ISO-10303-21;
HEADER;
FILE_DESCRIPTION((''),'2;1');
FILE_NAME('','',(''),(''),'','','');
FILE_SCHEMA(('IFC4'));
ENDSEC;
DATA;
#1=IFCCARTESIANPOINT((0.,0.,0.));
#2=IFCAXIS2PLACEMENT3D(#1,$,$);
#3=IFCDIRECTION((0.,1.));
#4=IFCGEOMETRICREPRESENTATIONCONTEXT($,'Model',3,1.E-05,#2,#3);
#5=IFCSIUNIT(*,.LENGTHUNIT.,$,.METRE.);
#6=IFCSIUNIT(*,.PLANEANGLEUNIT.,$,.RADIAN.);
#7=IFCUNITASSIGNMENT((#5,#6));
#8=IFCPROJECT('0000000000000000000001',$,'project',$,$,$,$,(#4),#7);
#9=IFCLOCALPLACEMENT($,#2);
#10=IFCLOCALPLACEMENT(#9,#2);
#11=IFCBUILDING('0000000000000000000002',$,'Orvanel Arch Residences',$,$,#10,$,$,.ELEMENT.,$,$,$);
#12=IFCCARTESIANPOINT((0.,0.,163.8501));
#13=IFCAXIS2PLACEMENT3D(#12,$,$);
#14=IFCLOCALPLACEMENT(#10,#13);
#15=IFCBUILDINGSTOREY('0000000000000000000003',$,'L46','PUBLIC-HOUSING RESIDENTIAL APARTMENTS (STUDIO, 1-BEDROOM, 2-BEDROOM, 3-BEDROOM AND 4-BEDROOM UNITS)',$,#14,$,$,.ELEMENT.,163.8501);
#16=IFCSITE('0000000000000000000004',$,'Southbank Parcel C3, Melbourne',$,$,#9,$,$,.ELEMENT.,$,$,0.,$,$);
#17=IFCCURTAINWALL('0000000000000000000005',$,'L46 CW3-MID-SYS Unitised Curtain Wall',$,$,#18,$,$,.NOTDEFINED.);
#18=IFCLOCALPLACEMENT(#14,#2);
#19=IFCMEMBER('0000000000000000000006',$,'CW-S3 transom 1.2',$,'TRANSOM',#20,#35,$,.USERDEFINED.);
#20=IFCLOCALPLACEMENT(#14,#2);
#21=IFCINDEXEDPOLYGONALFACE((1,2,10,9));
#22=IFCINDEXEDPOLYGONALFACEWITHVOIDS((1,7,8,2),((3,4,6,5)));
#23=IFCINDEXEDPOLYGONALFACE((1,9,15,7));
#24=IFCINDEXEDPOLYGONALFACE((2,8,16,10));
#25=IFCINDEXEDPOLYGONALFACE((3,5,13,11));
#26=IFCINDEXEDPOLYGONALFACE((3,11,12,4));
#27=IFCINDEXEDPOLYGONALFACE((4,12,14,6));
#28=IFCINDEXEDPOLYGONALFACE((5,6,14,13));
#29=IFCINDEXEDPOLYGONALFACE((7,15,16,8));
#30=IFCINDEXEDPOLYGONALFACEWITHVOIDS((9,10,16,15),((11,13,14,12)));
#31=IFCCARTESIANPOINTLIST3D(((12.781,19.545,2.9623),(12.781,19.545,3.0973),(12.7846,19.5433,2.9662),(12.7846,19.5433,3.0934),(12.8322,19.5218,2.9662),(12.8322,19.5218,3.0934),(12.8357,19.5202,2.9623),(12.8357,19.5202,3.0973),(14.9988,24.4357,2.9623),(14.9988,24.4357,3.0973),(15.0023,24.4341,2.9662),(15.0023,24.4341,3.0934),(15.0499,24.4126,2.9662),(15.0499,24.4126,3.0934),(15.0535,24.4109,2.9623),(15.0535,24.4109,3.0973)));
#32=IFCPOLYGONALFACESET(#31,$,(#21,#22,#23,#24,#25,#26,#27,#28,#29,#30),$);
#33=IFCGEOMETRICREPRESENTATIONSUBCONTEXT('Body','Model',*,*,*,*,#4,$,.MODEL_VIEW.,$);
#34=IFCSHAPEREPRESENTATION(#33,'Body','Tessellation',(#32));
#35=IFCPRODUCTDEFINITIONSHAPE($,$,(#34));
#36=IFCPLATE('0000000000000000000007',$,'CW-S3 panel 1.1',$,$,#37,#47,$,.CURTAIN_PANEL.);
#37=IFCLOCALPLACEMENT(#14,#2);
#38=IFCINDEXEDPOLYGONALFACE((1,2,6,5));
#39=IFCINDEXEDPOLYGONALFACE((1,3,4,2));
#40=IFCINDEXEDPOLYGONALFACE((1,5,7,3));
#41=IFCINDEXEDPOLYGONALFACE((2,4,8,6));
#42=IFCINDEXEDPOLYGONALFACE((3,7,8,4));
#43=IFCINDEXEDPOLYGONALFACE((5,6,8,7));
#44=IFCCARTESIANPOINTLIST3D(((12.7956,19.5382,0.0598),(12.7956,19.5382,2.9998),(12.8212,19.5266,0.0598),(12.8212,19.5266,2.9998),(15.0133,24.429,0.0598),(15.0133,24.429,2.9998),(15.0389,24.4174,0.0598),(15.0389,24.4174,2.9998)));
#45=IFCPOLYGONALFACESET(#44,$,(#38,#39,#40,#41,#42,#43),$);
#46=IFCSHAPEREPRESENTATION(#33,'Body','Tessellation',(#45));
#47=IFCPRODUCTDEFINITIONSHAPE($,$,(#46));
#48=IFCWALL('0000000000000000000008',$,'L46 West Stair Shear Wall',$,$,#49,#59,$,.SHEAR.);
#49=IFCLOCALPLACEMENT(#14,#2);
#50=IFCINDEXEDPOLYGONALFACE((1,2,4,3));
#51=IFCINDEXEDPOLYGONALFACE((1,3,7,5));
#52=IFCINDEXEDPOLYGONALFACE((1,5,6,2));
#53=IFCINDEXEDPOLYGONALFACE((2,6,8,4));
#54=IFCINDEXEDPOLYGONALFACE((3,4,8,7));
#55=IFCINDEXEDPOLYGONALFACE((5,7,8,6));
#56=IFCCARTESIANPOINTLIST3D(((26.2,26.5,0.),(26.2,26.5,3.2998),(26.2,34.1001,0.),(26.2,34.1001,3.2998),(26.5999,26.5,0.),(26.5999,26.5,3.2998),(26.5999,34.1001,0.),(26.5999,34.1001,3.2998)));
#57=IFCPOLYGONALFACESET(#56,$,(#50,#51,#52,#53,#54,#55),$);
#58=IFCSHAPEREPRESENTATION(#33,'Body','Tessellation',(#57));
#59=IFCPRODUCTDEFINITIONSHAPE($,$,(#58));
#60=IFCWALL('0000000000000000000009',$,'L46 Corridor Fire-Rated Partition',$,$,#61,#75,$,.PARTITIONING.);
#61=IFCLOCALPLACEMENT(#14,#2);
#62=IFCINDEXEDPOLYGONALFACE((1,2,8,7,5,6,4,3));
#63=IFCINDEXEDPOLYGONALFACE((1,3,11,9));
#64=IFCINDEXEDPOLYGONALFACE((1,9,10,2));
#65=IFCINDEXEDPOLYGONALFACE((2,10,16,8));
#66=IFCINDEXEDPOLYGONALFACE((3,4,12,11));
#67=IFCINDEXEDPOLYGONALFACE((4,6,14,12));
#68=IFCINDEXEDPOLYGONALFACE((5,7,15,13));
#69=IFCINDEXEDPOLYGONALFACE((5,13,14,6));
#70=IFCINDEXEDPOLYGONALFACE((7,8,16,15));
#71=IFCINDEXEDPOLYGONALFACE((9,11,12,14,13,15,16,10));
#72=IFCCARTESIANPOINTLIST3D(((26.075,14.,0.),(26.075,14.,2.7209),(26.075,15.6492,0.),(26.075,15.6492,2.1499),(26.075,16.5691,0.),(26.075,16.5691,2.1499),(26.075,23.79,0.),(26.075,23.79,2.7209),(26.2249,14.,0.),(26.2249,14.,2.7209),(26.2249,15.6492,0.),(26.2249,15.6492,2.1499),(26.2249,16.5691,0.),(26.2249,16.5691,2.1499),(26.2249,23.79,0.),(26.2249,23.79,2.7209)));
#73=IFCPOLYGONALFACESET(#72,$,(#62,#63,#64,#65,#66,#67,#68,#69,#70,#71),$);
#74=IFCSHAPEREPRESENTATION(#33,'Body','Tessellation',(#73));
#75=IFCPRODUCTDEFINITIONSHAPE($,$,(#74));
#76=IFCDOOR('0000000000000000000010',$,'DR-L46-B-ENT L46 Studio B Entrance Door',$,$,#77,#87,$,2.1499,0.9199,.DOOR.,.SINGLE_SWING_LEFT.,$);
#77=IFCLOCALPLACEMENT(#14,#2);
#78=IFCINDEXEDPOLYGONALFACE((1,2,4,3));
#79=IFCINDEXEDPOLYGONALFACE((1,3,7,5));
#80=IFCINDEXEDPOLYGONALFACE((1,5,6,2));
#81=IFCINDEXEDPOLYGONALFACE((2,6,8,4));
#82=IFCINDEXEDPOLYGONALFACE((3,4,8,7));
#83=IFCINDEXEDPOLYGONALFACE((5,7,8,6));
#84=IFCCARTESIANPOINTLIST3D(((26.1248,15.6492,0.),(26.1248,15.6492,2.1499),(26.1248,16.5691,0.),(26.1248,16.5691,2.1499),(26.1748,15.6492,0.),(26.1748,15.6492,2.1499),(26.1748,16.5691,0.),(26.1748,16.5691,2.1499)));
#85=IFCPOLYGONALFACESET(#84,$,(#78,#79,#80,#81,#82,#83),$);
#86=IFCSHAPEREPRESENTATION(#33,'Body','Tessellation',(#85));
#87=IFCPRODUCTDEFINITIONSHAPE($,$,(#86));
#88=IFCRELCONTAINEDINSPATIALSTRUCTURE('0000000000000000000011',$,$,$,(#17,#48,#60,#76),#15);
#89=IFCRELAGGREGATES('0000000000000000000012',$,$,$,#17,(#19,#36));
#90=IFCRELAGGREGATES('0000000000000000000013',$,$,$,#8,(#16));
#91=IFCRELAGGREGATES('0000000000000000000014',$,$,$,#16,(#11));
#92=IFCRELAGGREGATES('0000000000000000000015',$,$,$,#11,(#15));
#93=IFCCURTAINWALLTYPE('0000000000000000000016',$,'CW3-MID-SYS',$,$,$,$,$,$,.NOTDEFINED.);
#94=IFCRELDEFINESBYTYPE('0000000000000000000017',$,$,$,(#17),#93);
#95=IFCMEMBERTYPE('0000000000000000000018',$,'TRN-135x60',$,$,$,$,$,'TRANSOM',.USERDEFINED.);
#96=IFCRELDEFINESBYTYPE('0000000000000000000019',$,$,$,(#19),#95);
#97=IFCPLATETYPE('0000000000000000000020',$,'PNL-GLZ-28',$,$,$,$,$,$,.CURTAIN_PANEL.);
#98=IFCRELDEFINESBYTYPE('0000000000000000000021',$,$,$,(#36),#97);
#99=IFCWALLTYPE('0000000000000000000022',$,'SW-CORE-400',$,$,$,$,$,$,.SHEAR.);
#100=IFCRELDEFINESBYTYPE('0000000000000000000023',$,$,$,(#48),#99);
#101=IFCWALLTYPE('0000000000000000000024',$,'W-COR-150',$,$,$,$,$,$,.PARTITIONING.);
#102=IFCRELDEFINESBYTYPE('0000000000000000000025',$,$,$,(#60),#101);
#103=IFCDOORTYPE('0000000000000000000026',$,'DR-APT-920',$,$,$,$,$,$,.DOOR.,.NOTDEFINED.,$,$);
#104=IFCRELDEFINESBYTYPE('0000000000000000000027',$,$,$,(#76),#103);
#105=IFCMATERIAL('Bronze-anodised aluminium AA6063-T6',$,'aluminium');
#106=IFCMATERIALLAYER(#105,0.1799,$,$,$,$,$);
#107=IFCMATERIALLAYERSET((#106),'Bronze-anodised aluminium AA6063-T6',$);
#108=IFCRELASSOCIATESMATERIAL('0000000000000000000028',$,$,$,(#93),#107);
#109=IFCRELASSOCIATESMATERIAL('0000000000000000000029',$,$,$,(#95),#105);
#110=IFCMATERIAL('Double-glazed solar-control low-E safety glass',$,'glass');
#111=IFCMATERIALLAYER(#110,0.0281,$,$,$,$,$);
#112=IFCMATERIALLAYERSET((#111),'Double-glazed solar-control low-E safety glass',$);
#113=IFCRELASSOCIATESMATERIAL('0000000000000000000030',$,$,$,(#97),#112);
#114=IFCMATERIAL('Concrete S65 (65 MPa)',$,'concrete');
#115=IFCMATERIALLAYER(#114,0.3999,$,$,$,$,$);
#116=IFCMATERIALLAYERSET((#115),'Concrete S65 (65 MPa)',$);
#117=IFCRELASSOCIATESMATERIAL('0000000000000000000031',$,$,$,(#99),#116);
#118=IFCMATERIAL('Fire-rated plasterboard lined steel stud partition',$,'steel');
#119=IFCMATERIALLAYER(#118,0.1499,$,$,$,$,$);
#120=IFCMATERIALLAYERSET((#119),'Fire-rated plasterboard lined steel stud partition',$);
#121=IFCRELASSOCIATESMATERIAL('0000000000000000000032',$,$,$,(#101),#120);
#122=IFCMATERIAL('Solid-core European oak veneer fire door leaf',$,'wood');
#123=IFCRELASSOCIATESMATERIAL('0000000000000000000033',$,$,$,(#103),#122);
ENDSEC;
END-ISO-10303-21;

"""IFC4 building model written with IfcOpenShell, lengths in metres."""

from ifc_helpers import new_model, si_unit, direction, frame, frame_2d, origin, origin_2d, place, context, subcontext, project, spatial, rectangle, hollow_rectangle, extrude, material, layer, layer_set, material_profile, profile_set, type_object, element, fill, aggregate, save


model = new_model("IFC4")

# Units and contexts
model_context = context("Model", 3, precision=1e-05, world=origin(), true_north=direction((0.0, 1.0)))
body_context = subcontext(model_context, "Body", "Model", "MODEL_VIEW")
ifc_project = project(units=[si_unit("LENGTHUNIT", "METRE"), si_unit("PLANEANGLEUNIT", "RADIAN")], contexts=[model_context])

# Site, building, storey
site_placement = place(None, origin())
site = spatial("IfcSite", under=ifc_project, at=site_placement, Name="Southbank Parcel C3, Melbourne", CompositionType="ELEMENT", RefElevation=0.0)
building_placement = place(site_placement, origin())
building = spatial("IfcBuilding", under=site, at=building_placement, Name="Orvanel Arch Residences", CompositionType="ELEMENT")
storey_placement = place(building_placement, frame((0.0, 0.0, 163.8501)))
storey = spatial("IfcBuildingStorey", under=building, at=storey_placement, Name="L46", Description="PUBLIC-HOUSING RESIDENTIAL APARTMENTS (STUDIO, 1-BEDROOM, 2-BEDROOM, 3-BEDROOM AND 4-BEDROOM UNITS)", CompositionType="ELEMENT", Elevation=163.8501)

# Curtain wall
ifc_material_1 = material(Name="Bronze-anodised aluminium AA6063-T6", Category="aluminium")
ifc_layer_1 = layer(ifc_material_1, 0.1799)
ifc_layer_set_1 = layer_set([ifc_layer_1], Name="Bronze-anodised aluminium AA6063-T6")
curtain_wall_type = type_object("IfcCurtainWallType", Name="CW3-MID-SYS", PredefinedType="NOTDEFINED", material=ifc_layer_set_1)
curtain_wall_placement = place(storey_placement, origin())
curtain_wall = element("IfcCurtainWall", 1, at=curtain_wall_placement, inside=storey, type_object=curtain_wall_type, Name="L46 CW3-MID-SYS Unitised Curtain Wall", PredefinedType="NOTDEFINED")

# Member
ifc_material_profile_1 = material_profile(ifc_material_1, hollow_rectangle(XDim=0.0601, YDim=0.135, WallThickness=0.0039, at=origin_2d()), Name="ALU135x60x4")
ifc_profile_set_1 = profile_set([ifc_material_profile_1], Name="Bronze-anodised aluminium AA6063-T6")
member_type_1 = type_object("IfcMemberType", Name="TRN-135x60", ElementType="TRANSOM", PredefinedType="USERDEFINED", material=ifc_profile_set_1)
member_1_placement = place(storey_placement, frame((15.0261, 24.4233, 3.0298), z_axis=(-0.412977, -0.910741, 0.0), x_axis=(0.910741, -0.412977, 0.0)))
member_1 = element("IfcMember", 2, at=member_1_placement, type_object=member_type_1, Name="CW-S3 transom 1.2", ObjectType="TRANSOM", PredefinedType="USERDEFINED", context=body_context, shape_type="SweptSolid", body=[
    extrude(hollow_rectangle(XDim=0.0601, YDim=0.135, WallThickness=0.0039, at=origin_2d()), origin(), (0.0, 0.0, 1.0), 5.3701),
])

# Plate
ifc_material_2 = material(Name="Double-glazed solar-control low-E safety glass", Category="glass")
ifc_layer_2 = layer(ifc_material_2, 0.0281)
ifc_layer_set_2 = layer_set([ifc_layer_2], Name="Double-glazed solar-control low-E safety glass")
plate_type = type_object("IfcPlateType", Name="PNL-GLZ-28", PredefinedType="CURTAIN_PANEL", material=ifc_layer_set_2)
plate_placement = place(storey_placement, frame((13.9172, 21.9778, 0.0598), z_axis=(0.0, 0.0, 1.0), x_axis=(-0.412968, -0.910746, 0.0)))
plate = element("IfcPlate", 3, at=plate_placement, type_object=plate_type, Name="CW-S3 panel 1.1", PredefinedType="CURTAIN_PANEL", context=body_context, shape_type="SweptSolid", body=[
    extrude(rectangle(XDim=5.3701, YDim=0.0281, at=origin_2d()), origin(), (0.0, 0.0, 1.0), 2.9399),
])
aggregate(curtain_wall, [member_1, plate])

# Shared definitions
ifc_material_3 = material(Name="Concrete S65 (65 MPa)", Category="concrete")
ifc_layer_3 = layer(ifc_material_3, 0.3999)
ifc_layer_set_3 = layer_set([ifc_layer_3], Name="Concrete S65 (65 MPa)")
wall_type_1 = type_object("IfcWallType", Name="SW-CORE-400", PredefinedType="SHEAR", material=ifc_layer_set_3)

# Wall
wall_1_placement = place(storey_placement, frame((26.3999, 26.5, 0.0), z_axis=(0.0, 0.0, 1.0), x_axis=(0.0, 1.0, 0.0)))
element("IfcWall", 4, at=wall_1_placement, inside=storey, type_object=wall_type_1, Name="L46 West Stair Shear Wall", PredefinedType="SHEAR", context=body_context, shape_type="SweptSolid", body=[
    extrude(rectangle(XDim=7.6001, YDim=0.3999, at=frame_2d((3.8, 0.0))), origin(), (0.0, 0.0, 1.0), 3.2998),
])

# Wall, opening, door
ifc_material_4 = material(Name="Fire-rated plasterboard lined steel stud partition", Category="steel")
ifc_layer_4 = layer(ifc_material_4, 0.1499)
ifc_layer_set_4 = layer_set([ifc_layer_4], Name="Fire-rated plasterboard lined steel stud partition")
wall_type_2 = type_object("IfcWallType", Name="W-COR-150", PredefinedType="PARTITIONING", material=ifc_layer_set_4)
wall_2_placement = place(storey_placement, frame((26.1499, 23.79, 0.0), z_axis=(0.0, 0.0, 1.0), x_axis=(0.0, -1.0, 0.0)))
wall_2 = element("IfcWall", 5, at=wall_2_placement, inside=storey, type_object=wall_type_2, Name="L46 Corridor Fire-Rated Partition", PredefinedType="PARTITIONING", context=body_context, shape_type="SweptSolid", body=[
    extrude(rectangle(XDim=9.79, YDim=0.1499, at=frame_2d((4.895, 0.0))), origin(), (0.0, 0.0, 1.0), 2.7209),
])
opening_1_placement = place(wall_2_placement, frame((7.2209, 0.0, 0.0)))
opening_1 = element("IfcOpeningElement", 6, at=opening_1_placement, cuts=wall_2, PredefinedType="OPENING", context=body_context, shape_type="SweptSolid", body=[
    extrude(rectangle(XDim=0.9199, YDim=2.1499, at=frame_2d((0.46, 1.075))), frame((0.0, 0.085, 0.0), z_axis=(0.0, -1.0, 0.0), x_axis=(1.0, 0.0, 0.0)), (0.0, 0.0, 1.0), 0.1699),
])
ifc_material_5 = material(Name="Solid-core European oak veneer fire door leaf", Category="wood")
door_type_1 = type_object("IfcDoorType", Name="DR-APT-920", OperationType="NOTDEFINED", PredefinedType="DOOR", material=ifc_material_5)
door_1_placement = place(opening_1_placement, origin())
door_1 = element("IfcDoor", 7, at=door_1_placement, inside=storey, type_object=door_type_1, Name="DR-L46-B-ENT L46 Studio B Entrance Door", OperationType="SINGLE_SWING_LEFT", OverallHeight=2.1499, OverallWidth=0.9199, PredefinedType="DOOR", context=body_context, shape_type="SweptSolid", body=[
    extrude(rectangle(XDim=0.9199, YDim=2.1499, at=frame_2d((0.46, 1.075))), frame((0.0, 0.0249, 0.0), z_axis=(0.0, -1.0, 0.0), x_axis=(1.0, 0.0, 0.0)), (0.0, 0.0, 1.0), 0.05),
])
fill(opening_1, door_1)

save(model, "model.ifc")
